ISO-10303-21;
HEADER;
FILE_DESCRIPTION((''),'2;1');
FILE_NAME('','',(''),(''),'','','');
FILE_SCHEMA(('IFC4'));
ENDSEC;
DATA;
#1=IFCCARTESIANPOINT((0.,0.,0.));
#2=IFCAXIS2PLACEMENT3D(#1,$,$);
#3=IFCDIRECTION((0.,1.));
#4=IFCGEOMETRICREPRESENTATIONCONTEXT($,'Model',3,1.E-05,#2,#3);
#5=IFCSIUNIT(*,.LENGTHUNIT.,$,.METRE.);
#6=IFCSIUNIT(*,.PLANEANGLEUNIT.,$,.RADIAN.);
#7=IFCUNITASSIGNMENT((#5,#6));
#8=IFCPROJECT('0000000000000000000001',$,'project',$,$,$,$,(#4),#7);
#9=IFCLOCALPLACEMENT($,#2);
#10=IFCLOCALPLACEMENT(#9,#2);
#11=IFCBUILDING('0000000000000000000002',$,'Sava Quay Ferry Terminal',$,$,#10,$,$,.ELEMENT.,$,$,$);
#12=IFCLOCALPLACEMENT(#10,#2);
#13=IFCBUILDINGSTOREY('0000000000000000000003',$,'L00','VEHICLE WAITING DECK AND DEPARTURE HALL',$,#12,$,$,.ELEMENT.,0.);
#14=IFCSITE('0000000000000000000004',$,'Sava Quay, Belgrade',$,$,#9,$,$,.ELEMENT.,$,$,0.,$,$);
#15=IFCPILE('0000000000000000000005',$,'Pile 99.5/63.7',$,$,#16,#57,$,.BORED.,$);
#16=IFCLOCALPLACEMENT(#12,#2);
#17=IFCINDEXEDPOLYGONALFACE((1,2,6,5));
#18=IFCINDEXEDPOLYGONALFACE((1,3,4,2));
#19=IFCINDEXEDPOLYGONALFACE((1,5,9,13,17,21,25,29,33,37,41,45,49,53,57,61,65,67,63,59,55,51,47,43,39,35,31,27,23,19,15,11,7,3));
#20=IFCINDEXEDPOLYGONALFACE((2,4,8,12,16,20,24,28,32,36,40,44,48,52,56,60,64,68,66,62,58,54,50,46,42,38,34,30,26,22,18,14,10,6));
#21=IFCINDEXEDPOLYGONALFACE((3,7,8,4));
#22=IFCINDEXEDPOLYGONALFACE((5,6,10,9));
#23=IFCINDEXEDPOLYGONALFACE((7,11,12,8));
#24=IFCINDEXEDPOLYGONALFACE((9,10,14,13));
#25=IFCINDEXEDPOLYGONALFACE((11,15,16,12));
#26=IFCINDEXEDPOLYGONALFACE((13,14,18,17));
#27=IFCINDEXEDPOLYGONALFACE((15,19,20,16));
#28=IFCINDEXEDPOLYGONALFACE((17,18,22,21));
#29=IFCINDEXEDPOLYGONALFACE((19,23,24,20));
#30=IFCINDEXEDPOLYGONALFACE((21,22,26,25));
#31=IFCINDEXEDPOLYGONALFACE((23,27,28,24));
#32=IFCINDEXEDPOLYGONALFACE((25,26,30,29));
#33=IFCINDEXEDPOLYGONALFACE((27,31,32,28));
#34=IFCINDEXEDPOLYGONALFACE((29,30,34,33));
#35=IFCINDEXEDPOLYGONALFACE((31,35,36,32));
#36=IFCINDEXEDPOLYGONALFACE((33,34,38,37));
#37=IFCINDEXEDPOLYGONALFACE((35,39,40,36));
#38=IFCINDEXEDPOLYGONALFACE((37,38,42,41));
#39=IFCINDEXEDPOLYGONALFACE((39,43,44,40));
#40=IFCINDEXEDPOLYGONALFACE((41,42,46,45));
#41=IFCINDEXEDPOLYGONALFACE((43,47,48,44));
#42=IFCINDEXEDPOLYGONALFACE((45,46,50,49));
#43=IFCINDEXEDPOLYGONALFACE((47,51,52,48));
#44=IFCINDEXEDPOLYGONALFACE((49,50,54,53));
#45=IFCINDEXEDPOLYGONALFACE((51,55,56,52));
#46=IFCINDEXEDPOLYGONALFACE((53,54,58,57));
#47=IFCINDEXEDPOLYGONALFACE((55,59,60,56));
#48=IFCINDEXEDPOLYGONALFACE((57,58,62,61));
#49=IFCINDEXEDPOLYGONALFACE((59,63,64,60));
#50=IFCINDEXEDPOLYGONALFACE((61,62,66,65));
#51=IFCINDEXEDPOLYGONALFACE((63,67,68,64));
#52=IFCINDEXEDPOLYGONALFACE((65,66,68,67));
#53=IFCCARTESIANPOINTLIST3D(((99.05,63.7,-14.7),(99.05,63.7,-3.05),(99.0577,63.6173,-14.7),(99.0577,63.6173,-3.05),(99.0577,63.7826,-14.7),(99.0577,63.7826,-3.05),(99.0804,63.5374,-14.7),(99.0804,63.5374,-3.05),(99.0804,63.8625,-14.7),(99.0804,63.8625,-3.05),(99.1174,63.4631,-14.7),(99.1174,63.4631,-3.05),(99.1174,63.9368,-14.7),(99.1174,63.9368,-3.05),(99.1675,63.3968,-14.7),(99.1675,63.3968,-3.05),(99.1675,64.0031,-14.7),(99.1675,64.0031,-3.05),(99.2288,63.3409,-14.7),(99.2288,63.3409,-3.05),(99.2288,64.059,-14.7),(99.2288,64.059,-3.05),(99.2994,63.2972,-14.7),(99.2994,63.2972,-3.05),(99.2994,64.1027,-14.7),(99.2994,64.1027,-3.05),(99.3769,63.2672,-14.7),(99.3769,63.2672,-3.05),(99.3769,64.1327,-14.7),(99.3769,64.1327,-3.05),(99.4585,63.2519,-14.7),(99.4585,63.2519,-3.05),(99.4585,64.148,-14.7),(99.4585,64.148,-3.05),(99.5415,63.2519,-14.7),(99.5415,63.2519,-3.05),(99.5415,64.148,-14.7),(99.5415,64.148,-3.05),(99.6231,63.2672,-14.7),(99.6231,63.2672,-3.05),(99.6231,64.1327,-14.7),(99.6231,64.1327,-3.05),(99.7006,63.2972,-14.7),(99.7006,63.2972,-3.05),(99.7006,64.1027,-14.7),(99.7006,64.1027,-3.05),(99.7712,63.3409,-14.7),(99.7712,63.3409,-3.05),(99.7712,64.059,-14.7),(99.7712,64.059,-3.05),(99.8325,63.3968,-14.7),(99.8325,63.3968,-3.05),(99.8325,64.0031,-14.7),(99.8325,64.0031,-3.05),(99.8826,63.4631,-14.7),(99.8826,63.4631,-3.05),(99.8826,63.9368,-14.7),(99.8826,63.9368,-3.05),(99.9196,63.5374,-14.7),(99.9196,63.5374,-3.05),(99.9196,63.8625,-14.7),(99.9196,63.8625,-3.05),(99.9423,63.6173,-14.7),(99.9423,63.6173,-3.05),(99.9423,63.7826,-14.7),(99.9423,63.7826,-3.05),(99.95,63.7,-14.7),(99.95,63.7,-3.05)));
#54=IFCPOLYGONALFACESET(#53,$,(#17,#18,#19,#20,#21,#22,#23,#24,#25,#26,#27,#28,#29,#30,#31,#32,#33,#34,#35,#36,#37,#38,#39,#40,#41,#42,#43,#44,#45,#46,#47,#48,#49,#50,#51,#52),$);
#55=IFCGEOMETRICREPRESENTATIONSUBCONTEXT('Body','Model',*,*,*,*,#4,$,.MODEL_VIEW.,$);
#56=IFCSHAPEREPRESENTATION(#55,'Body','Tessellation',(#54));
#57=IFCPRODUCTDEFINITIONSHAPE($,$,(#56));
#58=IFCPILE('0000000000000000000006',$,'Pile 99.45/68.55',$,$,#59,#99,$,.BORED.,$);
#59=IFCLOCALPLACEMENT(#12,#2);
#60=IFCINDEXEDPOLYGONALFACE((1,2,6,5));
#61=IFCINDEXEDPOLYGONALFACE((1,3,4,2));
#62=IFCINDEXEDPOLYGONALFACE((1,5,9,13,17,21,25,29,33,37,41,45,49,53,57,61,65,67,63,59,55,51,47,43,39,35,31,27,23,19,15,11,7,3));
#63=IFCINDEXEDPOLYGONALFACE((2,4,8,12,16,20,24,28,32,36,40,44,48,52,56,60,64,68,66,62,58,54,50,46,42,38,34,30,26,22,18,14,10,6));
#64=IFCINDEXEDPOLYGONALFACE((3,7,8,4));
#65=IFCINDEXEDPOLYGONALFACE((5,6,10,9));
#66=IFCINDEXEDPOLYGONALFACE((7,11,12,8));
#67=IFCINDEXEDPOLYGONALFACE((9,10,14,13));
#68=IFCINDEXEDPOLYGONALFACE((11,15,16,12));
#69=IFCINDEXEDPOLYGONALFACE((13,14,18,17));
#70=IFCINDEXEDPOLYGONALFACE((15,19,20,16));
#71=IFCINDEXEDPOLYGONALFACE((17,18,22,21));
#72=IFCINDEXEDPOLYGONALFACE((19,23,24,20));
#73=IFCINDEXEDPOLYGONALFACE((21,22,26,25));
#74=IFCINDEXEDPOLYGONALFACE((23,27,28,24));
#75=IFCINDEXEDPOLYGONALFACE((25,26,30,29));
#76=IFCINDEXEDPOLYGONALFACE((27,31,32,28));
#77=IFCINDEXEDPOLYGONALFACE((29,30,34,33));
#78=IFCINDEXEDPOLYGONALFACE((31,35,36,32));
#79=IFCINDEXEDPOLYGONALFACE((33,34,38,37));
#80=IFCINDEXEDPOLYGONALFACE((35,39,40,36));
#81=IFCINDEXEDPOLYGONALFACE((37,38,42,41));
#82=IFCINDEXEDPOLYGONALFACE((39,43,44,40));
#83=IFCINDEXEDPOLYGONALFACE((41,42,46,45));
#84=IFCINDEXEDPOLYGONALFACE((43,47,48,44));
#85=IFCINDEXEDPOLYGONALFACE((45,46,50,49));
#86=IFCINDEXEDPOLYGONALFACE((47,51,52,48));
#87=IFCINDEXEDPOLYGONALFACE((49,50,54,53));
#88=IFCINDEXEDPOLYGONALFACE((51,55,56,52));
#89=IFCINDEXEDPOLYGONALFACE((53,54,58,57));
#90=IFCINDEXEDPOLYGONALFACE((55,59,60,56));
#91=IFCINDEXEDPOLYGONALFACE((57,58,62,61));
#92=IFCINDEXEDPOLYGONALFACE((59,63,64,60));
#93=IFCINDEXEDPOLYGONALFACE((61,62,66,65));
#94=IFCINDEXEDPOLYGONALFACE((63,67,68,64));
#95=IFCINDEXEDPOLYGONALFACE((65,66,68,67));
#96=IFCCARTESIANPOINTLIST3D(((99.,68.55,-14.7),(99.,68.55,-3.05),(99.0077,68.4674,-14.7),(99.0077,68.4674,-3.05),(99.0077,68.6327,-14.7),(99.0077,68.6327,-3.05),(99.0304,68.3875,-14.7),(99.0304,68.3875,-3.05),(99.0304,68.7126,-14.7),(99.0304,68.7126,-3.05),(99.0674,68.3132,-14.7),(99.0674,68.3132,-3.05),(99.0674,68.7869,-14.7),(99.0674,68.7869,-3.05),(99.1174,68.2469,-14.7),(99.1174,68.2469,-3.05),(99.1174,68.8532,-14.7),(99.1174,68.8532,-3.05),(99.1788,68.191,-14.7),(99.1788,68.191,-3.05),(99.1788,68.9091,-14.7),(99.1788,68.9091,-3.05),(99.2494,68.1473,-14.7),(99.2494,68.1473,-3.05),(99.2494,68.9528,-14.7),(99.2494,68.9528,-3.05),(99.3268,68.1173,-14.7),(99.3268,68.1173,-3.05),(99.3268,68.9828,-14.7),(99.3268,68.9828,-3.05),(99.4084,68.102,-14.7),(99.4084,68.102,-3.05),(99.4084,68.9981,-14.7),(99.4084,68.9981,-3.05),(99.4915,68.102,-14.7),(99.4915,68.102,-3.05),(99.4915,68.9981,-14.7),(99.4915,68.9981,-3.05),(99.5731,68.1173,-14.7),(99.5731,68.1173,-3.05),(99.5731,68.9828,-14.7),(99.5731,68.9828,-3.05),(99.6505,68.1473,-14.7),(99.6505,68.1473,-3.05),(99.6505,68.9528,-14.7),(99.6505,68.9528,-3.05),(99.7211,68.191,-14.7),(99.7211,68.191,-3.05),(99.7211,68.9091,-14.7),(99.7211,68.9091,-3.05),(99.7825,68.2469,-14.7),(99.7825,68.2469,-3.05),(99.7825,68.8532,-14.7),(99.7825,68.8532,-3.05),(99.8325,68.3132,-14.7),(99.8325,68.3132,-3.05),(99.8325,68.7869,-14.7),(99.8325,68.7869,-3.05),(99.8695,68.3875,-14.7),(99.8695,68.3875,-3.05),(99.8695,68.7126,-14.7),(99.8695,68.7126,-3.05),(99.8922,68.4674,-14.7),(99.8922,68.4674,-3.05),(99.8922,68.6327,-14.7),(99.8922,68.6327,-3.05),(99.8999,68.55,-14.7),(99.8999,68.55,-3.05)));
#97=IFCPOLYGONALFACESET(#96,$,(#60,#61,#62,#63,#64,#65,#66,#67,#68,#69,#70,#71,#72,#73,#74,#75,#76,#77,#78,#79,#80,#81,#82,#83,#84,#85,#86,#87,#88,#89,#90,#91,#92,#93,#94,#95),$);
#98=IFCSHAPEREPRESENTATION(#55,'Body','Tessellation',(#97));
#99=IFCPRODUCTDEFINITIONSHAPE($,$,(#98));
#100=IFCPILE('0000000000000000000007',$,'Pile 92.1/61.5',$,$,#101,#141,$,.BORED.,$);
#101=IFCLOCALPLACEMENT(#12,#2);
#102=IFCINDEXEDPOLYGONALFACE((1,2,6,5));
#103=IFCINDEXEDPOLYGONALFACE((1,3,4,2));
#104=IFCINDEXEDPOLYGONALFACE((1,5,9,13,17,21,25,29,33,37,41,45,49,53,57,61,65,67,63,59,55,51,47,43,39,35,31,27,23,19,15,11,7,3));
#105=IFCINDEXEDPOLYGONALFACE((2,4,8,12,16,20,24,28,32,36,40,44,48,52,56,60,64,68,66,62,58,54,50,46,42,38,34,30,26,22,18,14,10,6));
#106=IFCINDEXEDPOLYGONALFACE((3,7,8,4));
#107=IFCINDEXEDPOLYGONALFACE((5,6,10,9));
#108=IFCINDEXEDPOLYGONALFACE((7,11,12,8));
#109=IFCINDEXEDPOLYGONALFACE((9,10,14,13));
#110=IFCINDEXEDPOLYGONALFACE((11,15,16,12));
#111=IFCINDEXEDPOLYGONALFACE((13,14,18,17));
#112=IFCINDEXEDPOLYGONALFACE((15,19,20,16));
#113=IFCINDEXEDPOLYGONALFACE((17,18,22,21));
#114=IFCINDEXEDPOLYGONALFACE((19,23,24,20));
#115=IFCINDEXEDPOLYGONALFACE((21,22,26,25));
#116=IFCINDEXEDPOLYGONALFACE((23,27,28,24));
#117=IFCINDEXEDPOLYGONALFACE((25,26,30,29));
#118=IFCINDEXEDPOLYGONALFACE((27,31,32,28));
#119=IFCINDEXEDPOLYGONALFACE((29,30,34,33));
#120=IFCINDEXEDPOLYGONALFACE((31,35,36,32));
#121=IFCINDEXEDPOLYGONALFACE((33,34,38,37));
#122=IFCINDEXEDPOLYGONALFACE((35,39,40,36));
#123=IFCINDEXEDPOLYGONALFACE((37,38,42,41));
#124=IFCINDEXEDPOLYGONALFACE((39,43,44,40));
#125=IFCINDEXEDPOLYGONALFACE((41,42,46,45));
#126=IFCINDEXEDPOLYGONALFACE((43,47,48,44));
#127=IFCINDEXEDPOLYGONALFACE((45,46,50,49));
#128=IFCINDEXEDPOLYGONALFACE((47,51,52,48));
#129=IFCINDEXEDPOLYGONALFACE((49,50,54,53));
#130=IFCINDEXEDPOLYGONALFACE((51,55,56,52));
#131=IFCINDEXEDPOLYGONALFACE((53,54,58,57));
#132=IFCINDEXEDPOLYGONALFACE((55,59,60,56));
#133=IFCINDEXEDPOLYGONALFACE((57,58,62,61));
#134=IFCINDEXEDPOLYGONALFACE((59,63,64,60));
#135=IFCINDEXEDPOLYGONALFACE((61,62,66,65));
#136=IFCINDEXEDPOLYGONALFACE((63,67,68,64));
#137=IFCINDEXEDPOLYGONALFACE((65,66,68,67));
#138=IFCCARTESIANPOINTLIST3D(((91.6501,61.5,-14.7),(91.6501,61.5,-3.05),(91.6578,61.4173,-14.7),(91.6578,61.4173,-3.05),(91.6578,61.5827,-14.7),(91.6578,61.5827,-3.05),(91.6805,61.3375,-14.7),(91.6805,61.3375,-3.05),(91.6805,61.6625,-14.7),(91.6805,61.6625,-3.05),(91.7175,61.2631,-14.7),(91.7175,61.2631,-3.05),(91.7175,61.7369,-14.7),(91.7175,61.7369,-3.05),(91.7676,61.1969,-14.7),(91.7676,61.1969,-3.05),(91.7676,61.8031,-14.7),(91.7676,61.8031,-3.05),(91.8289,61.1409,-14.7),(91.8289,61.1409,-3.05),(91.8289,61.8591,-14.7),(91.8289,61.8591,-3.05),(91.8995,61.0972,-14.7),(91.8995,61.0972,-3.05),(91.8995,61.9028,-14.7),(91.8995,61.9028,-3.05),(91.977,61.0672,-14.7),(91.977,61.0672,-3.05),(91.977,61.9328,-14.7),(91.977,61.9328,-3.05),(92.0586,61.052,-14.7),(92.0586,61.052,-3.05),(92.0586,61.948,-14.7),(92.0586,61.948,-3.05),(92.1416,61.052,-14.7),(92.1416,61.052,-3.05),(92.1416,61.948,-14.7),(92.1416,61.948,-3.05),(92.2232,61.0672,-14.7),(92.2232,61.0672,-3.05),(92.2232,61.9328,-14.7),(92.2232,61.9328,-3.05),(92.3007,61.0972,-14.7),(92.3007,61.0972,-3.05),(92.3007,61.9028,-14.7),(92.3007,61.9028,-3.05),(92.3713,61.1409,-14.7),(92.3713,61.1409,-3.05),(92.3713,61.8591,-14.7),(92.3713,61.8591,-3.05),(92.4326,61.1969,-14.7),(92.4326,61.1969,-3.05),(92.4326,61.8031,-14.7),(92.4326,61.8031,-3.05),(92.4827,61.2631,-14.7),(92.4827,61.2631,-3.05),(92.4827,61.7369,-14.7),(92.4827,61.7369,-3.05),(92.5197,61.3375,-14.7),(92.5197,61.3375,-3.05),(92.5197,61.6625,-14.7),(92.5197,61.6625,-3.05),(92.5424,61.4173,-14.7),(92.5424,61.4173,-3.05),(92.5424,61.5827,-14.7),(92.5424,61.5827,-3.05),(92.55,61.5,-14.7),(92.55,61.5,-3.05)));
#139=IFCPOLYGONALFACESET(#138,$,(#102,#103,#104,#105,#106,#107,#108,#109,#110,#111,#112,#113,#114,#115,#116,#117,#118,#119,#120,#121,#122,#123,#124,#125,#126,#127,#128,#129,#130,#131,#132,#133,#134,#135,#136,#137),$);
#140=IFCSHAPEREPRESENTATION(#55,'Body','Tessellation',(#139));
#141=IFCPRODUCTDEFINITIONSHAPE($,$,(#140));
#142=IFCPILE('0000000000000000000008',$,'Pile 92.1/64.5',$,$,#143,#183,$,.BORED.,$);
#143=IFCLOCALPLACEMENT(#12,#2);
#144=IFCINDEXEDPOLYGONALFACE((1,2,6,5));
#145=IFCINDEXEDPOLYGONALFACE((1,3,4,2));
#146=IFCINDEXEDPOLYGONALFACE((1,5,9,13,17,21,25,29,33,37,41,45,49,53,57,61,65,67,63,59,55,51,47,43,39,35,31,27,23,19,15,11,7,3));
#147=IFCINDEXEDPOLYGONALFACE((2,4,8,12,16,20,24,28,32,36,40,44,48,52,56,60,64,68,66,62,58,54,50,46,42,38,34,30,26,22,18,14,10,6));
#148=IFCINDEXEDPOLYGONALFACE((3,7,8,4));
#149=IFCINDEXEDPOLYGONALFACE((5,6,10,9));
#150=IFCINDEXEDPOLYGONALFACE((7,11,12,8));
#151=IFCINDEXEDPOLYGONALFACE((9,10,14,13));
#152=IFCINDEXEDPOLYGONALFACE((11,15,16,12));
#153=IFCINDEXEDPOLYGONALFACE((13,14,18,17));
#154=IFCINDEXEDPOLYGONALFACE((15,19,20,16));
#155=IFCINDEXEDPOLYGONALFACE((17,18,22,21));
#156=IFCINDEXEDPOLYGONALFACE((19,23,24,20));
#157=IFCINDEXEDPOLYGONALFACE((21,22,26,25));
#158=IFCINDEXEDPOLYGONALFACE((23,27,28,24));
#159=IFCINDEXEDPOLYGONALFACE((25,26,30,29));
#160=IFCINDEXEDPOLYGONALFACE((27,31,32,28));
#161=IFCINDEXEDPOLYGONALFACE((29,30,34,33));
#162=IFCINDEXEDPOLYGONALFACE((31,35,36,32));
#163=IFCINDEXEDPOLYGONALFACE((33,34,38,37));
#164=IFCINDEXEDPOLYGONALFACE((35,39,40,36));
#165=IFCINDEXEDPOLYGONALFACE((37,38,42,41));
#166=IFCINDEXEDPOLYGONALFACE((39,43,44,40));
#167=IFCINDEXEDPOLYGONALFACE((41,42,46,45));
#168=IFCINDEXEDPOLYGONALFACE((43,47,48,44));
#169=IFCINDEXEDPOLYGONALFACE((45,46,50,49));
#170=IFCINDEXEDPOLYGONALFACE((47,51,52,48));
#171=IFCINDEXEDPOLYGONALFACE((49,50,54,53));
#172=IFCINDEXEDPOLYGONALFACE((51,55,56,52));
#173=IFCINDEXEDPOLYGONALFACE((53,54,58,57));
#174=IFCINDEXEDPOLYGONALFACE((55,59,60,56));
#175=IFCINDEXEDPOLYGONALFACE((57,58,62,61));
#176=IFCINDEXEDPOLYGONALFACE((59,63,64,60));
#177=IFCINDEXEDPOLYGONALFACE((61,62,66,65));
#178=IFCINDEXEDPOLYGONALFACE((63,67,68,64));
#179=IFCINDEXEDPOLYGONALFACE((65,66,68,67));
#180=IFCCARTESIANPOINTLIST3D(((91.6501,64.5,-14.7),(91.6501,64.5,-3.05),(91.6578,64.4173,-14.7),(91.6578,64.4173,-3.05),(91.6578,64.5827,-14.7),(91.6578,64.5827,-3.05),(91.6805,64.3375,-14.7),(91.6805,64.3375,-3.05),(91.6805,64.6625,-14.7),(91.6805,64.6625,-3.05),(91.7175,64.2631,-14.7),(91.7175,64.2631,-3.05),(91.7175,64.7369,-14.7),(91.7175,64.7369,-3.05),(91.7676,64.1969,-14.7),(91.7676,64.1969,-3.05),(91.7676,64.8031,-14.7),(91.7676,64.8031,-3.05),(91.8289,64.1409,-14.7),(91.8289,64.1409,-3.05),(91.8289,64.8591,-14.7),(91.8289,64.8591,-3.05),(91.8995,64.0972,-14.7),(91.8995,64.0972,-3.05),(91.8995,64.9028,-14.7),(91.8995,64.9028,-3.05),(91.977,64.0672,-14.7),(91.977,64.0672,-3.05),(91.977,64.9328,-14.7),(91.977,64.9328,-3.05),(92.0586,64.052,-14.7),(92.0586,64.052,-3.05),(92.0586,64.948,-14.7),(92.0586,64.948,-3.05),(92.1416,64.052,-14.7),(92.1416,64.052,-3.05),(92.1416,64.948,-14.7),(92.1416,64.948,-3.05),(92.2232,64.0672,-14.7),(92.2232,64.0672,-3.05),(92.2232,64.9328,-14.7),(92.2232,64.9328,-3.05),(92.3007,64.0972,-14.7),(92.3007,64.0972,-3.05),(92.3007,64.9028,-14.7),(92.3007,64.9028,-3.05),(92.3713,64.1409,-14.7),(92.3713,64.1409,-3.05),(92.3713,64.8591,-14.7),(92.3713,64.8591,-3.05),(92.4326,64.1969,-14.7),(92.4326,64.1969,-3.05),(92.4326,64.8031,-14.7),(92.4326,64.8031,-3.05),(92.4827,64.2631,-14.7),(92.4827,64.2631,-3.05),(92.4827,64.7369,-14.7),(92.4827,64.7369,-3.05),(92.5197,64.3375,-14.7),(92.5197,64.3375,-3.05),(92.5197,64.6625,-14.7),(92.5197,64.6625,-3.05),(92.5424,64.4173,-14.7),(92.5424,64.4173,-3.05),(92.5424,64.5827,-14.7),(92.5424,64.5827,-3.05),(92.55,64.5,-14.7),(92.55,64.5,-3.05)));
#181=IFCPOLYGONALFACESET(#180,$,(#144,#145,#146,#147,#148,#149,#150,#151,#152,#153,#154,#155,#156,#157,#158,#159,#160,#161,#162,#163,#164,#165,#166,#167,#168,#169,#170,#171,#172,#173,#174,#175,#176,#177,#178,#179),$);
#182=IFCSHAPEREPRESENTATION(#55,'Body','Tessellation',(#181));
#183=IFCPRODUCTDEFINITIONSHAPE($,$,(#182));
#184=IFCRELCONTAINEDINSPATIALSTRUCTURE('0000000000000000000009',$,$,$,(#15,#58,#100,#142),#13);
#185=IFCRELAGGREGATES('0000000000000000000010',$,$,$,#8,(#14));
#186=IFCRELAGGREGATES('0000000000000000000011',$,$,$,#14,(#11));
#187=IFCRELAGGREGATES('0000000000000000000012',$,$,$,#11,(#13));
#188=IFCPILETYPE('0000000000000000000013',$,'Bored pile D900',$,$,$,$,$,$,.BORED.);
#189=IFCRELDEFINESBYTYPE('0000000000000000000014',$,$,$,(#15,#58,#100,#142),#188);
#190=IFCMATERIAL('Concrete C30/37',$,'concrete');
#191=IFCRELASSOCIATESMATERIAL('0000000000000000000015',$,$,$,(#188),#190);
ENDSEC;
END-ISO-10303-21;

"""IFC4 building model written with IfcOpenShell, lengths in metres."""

from ifc_helpers import new_model, si_unit, direction, frame, origin, origin_2d, place, context, subcontext, project, spatial, circle, extrude, material, material_profile, profile_set, type_object, element, save


model = new_model("IFC4")

# Units and contexts
model_context = context("Model", 3, precision=1e-05, world=origin(), true_north=direction((0.0, 1.0)))
body_context = subcontext(model_context, "Body", "Model", "MODEL_VIEW")
ifc_project = project(units=[si_unit("LENGTHUNIT", "METRE"), si_unit("PLANEANGLEUNIT", "RADIAN")], contexts=[model_context])

# Site, building, storey
site_placement = place(None, origin())
site = spatial("IfcSite", under=ifc_project, at=site_placement, Name="Sava Quay, Belgrade", CompositionType="ELEMENT", RefElevation=0.0)
building_placement = place(site_placement, origin())
building = spatial("IfcBuilding", under=site, at=building_placement, Name="Sava Quay Ferry Terminal", CompositionType="ELEMENT")
storey_placement = place(building_placement, origin())
storey = spatial("IfcBuildingStorey", under=building, at=storey_placement, Name="L00", Description="VEHICLE WAITING DECK AND DEPARTURE HALL", CompositionType="ELEMENT", Elevation=0.0)

# Piles
ifc_material_1 = material(Name="Concrete C30/37", Category="concrete")
ifc_material_profile_1 = material_profile(ifc_material_1, circle(Radius=0.45, at=origin_2d()), Name="Bored pile D900")
ifc_profile_set_1 = profile_set([ifc_material_profile_1], Name="Concrete C30/37")
pile_type = type_object("IfcPileType", Name="Bored pile D900", PredefinedType="BORED", material=ifc_profile_set_1)
for number, where, z_axis, x_axis, name in (
    (1, (99.5, 63.7, -3.05), (0.0, 0.0, -1.0), (1.0, 0.0, 0.0), "Pile 99.5/63.7"),
    (2, (99.45, 68.55, -3.05), (0.0, 0.0, -1.0), (1.0, 0.0, 0.0), "Pile 99.45/68.55"),
    (3, (92.1001, 61.5, -3.05), (0.0, 0.0, -1.0), (1.0, 0.0, 0.0), "Pile 92.1/61.5"),
    (4, (92.1001, 64.5, -3.05), (0.0, 0.0, -1.0), (1.0, 0.0, 0.0), "Pile 92.1/64.5"),
):
    element("IfcPile", number, at=place(storey_placement, frame(where, z_axis=z_axis, x_axis=x_axis)), inside=storey, type_object=pile_type, Name=name, PredefinedType="BORED", context=body_context, shape_type="SweptSolid", body=[
        extrude(circle(Radius=0.45, at=origin_2d()), origin(), (0.0, 0.0, 1.0), 11.6499),
    ])

save(model, "model.ifc")
